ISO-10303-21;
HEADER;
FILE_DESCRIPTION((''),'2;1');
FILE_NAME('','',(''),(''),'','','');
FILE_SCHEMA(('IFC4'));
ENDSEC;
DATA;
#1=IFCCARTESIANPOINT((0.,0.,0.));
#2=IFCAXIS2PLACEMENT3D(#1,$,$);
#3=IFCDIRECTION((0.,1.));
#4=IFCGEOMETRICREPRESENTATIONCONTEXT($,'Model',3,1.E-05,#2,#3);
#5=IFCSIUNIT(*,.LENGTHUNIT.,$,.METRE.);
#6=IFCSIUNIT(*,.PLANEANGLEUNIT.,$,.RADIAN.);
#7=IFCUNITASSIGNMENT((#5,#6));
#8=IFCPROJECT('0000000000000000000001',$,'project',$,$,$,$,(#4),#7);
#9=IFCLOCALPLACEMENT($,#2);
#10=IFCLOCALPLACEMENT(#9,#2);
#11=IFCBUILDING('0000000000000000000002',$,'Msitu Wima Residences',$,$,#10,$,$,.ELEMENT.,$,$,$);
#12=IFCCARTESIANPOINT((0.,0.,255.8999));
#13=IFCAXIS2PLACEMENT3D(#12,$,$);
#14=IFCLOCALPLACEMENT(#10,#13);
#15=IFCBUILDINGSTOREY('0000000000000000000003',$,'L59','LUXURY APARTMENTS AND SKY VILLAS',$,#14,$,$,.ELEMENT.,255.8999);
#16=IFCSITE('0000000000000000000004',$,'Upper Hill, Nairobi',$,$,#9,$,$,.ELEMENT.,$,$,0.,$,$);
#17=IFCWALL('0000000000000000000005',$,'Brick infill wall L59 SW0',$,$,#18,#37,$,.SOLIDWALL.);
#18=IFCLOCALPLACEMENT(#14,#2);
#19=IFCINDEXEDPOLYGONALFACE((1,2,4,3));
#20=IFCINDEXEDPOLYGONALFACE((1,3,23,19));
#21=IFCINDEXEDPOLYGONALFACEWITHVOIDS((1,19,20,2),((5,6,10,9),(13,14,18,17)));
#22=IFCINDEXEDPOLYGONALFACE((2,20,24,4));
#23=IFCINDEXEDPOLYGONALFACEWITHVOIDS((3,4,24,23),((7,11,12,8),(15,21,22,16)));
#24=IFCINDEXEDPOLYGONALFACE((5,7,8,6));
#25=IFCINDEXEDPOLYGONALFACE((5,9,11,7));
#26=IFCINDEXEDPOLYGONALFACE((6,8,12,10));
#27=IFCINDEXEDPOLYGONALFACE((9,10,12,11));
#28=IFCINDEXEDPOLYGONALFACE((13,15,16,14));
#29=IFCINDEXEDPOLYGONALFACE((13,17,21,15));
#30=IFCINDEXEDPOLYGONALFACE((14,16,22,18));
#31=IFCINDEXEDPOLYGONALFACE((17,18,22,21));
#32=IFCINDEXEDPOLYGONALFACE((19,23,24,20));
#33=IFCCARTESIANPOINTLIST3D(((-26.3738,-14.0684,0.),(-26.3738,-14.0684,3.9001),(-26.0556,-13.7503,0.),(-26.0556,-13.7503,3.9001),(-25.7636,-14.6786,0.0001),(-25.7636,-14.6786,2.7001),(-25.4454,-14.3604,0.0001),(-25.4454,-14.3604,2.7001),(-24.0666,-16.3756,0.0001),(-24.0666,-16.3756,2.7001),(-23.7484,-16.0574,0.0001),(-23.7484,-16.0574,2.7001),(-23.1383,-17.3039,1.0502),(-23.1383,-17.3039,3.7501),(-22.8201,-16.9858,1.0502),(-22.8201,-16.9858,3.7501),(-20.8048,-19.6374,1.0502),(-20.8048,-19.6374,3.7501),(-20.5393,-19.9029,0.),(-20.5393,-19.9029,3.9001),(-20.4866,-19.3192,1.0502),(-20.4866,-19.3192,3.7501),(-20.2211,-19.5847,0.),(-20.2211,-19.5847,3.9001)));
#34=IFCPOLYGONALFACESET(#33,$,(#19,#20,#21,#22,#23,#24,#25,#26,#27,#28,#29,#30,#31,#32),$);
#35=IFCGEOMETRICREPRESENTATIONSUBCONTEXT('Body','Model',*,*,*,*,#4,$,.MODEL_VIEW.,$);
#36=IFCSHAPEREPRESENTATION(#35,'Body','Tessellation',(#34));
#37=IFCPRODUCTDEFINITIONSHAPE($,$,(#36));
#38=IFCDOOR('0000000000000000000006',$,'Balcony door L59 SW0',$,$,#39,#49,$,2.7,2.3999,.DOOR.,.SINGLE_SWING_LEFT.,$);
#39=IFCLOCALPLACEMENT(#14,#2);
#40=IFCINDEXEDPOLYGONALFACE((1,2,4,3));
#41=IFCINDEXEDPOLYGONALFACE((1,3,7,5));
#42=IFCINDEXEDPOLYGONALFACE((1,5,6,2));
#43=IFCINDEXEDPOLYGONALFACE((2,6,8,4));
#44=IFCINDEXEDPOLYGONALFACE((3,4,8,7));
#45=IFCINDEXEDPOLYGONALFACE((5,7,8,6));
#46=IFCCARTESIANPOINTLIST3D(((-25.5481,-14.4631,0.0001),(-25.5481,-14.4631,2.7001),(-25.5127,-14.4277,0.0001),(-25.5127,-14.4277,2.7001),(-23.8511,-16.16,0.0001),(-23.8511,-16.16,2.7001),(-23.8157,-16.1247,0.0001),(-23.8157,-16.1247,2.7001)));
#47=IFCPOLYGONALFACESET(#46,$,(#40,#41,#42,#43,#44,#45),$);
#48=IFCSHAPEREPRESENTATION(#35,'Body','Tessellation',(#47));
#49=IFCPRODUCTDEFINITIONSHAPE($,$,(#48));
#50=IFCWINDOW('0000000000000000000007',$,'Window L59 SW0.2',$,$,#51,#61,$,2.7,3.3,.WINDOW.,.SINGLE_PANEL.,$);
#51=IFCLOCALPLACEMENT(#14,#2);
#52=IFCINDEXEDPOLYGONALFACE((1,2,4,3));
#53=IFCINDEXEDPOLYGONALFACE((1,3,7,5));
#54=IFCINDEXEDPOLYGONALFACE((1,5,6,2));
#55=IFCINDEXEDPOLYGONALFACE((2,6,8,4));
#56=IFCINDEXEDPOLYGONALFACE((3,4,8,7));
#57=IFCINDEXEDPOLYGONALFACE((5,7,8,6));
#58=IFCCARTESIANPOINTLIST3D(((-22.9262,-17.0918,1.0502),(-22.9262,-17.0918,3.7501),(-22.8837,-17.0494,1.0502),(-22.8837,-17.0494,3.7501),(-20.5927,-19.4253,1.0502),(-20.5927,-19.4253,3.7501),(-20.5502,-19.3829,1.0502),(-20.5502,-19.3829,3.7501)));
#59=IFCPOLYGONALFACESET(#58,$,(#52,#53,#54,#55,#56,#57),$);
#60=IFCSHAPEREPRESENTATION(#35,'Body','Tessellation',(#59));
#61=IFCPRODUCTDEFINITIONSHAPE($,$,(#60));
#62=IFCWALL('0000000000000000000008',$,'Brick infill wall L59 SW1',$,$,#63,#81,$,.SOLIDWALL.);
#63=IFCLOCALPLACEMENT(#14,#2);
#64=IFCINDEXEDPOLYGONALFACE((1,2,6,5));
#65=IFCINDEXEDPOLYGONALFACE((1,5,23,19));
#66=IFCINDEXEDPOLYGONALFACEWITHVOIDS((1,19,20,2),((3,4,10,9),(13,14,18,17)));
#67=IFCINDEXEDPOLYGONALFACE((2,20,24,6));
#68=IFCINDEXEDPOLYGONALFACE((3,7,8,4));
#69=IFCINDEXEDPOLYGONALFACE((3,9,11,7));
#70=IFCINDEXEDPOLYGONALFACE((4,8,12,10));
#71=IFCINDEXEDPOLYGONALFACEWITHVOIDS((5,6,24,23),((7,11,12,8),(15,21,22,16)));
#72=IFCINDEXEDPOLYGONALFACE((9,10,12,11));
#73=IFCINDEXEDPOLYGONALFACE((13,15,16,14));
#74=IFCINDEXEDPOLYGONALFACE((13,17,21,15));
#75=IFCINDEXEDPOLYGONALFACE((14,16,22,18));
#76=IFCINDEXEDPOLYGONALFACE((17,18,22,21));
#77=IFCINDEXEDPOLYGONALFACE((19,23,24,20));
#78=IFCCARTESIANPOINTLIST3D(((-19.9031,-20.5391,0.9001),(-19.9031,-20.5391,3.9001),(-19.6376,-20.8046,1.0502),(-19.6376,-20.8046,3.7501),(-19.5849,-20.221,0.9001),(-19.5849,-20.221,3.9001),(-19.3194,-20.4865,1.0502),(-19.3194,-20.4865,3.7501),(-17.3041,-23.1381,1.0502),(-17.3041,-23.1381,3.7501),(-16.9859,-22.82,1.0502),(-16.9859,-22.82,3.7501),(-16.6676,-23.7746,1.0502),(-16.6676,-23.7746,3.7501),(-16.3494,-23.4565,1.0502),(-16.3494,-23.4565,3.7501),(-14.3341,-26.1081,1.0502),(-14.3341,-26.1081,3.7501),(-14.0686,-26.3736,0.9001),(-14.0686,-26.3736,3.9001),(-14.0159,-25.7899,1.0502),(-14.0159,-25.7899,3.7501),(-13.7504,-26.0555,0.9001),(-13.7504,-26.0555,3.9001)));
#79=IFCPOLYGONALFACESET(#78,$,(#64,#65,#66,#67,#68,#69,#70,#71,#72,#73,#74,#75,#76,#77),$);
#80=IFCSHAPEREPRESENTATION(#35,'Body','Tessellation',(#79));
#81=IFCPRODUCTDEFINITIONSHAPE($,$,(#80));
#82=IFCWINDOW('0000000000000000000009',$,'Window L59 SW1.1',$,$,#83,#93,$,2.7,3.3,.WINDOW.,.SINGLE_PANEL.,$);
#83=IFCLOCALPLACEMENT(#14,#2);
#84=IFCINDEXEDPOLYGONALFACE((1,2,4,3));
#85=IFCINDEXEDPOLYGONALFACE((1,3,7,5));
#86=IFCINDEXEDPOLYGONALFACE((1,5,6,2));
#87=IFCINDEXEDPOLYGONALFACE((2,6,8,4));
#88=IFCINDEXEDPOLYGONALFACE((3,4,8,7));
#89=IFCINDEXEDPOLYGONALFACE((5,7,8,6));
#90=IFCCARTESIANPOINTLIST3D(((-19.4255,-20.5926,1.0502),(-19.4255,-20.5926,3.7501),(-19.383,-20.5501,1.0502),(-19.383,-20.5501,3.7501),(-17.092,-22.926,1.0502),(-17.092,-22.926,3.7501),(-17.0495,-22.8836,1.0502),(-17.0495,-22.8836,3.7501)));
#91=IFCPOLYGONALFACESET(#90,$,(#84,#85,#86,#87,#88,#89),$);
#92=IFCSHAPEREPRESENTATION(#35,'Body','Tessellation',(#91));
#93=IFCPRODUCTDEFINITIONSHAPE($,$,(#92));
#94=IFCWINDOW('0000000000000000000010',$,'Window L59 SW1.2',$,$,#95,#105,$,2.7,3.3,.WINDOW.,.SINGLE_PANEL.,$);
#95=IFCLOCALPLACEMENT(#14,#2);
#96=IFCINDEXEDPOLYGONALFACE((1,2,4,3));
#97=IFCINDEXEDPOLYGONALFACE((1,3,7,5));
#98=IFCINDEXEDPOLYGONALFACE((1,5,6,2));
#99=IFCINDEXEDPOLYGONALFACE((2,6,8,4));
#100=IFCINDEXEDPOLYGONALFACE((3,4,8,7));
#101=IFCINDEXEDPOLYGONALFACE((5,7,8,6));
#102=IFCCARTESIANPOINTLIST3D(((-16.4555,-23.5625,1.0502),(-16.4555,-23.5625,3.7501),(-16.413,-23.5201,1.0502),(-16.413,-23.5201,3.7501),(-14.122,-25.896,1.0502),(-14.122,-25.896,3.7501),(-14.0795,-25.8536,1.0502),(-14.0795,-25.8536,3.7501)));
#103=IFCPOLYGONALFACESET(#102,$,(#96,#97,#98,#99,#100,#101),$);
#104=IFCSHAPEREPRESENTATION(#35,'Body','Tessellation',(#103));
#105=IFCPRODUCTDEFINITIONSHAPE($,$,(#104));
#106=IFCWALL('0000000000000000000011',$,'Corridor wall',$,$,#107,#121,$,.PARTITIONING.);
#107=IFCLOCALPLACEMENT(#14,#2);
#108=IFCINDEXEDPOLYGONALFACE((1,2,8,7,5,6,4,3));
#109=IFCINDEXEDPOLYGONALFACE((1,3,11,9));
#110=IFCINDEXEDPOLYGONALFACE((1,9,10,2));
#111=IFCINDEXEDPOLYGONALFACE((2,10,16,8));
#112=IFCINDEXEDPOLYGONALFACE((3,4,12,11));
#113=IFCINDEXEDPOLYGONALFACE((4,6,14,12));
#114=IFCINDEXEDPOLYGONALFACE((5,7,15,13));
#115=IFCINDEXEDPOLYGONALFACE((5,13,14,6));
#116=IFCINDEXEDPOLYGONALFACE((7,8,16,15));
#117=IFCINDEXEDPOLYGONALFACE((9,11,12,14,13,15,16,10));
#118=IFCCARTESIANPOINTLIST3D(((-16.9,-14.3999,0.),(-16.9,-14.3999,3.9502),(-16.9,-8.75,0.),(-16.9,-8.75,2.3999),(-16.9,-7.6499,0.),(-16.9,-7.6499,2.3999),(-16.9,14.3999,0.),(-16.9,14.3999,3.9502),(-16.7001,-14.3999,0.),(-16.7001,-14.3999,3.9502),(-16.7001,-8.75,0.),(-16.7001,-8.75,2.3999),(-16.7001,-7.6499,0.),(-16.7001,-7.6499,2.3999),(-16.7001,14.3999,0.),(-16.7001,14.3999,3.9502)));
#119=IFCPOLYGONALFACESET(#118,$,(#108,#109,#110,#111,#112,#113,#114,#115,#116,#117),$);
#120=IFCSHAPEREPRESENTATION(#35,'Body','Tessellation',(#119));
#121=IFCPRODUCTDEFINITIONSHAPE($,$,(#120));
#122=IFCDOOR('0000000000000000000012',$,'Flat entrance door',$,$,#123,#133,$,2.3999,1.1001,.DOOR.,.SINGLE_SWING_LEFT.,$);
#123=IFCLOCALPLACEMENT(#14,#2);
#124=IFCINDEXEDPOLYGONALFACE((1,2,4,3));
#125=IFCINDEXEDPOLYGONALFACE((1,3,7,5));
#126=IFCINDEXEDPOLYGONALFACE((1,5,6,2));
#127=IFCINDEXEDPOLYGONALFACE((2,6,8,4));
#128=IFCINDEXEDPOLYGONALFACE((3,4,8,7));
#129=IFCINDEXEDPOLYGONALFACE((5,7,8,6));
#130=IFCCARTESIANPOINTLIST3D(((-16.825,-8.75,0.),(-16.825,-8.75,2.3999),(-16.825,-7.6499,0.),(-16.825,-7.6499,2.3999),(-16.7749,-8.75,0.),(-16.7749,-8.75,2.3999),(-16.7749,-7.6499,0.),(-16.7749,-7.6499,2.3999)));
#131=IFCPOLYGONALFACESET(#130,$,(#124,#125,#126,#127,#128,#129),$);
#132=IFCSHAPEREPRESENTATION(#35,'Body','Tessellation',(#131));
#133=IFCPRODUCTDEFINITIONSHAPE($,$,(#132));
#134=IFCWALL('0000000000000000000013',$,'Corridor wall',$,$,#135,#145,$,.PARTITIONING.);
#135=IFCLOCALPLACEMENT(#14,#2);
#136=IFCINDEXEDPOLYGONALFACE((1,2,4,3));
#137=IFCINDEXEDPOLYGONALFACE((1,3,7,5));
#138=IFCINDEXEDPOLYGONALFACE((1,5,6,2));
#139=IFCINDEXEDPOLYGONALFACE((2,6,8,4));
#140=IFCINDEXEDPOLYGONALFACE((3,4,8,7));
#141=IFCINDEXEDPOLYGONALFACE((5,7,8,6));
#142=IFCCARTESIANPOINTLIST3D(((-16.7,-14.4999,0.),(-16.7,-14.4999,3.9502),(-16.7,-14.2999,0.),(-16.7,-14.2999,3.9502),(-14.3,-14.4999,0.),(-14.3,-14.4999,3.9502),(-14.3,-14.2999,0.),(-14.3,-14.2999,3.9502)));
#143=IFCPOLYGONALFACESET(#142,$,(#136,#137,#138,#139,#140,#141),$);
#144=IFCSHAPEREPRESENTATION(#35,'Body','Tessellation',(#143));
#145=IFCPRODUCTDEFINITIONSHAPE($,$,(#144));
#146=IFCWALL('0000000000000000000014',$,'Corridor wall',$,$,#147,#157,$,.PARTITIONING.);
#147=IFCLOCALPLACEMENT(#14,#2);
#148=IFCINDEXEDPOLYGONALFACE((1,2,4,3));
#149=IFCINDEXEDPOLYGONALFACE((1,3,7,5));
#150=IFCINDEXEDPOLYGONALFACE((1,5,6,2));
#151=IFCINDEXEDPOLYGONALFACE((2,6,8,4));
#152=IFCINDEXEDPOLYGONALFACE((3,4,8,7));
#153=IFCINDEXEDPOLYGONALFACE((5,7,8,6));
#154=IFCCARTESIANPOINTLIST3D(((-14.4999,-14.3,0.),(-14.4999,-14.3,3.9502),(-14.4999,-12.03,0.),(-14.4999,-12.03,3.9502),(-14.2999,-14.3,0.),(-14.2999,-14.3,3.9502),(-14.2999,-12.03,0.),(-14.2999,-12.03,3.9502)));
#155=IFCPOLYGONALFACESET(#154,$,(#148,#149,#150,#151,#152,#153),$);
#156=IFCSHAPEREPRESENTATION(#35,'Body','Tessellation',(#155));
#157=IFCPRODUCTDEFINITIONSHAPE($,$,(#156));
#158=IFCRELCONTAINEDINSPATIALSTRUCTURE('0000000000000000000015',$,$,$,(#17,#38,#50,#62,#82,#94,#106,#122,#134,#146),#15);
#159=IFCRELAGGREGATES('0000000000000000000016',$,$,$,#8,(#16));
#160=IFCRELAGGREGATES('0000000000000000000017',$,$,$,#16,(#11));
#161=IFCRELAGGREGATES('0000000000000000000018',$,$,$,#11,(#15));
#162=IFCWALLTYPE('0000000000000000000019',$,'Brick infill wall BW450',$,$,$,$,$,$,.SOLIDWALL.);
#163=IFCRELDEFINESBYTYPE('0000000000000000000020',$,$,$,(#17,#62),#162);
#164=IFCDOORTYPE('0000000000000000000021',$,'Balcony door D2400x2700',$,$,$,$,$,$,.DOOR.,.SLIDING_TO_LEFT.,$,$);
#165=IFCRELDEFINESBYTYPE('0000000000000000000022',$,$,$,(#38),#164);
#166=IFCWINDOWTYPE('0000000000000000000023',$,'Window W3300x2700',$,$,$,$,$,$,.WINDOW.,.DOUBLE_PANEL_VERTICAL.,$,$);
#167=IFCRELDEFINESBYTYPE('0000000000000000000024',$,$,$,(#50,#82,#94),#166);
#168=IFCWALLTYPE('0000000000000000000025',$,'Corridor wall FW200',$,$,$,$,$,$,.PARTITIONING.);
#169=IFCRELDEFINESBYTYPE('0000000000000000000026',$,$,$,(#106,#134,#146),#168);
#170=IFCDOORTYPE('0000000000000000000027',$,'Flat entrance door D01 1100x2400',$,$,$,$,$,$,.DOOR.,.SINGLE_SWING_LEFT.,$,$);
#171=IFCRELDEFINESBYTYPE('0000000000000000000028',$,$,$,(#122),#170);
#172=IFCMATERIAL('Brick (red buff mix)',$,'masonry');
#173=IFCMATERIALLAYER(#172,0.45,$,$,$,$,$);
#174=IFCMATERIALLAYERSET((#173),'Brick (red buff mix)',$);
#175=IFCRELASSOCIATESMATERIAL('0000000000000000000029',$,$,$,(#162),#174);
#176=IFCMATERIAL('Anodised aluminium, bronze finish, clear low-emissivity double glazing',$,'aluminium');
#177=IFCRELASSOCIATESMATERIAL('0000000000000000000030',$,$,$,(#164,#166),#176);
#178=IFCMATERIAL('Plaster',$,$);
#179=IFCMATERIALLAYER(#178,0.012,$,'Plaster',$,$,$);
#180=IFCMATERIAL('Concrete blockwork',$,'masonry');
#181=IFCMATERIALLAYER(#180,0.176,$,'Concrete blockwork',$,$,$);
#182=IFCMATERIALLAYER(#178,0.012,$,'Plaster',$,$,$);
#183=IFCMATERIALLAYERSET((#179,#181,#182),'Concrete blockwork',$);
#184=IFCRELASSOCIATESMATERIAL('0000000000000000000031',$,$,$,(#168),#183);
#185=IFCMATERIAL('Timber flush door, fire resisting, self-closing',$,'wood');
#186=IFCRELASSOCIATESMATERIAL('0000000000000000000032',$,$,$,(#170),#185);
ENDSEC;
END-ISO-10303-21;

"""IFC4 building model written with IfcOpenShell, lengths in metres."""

from ifc_helpers import new_model, si_unit, direction, frame, frame_2d, origin, place, context, subcontext, project, spatial, rectangle, extrude, material, layer, layer_set, type_object, element, fill, save


model = new_model("IFC4")

# Units and contexts
model_context = context("Model", 3, precision=1e-05, world=origin(), true_north=direction((0.0, 1.0)))
body_context = subcontext(model_context, "Body", "Model", "MODEL_VIEW")
ifc_project = project(units=[si_unit("LENGTHUNIT", "METRE"), si_unit("PLANEANGLEUNIT", "RADIAN")], contexts=[model_context])

# Site, building, storey
site_placement = place(None, origin())
site = spatial("IfcSite", under=ifc_project, at=site_placement, Name="Upper Hill, Nairobi", CompositionType="ELEMENT", RefElevation=0.0)
building_placement = place(site_placement, origin())
building = spatial("IfcBuilding", under=site, at=building_placement, Name="Msitu Wima Residences", CompositionType="ELEMENT")
storey_placement = place(building_placement, frame((0.0, 0.0, 255.8999)))
storey = spatial("IfcBuildingStorey", under=building, at=storey_placement, Name="L59", Description="LUXURY APARTMENTS AND SKY VILLAS", CompositionType="ELEMENT", Elevation=255.8999)

# Wall, openings, door, window
ifc_material_1 = material(Name="Brick (red buff mix)", Category="masonry")
ifc_layer_1 = layer(ifc_material_1, 0.45)
ifc_layer_set_1 = layer_set([ifc_layer_1], Name="Brick (red buff mix)")
wall_type_1 = type_object("IfcWallType", Name="Brick infill wall BW450", PredefinedType="SOLIDWALL", material=ifc_layer_set_1)
wall_1_placement = place(storey_placement, frame((-26.2146, -13.9094, 0.0), z_axis=(0.0, 0.0, 1.0), x_axis=(0.707107, -0.707107, 0.0)))
wall_1 = element("IfcWall", 1, at=wall_1_placement, inside=storey, type_object=wall_type_1, Name="Brick infill wall L59 SW0", PredefinedType="SOLIDWALL", context=body_context, shape_type="SweptSolid", body=[
    extrude(rectangle(XDim=8.2512, YDim=0.45, at=frame_2d((4.1255, 0.0))), origin(), (0.0, 0.0, 1.0), 3.9001),
])
opening_1_placement = place(wall_1_placement, frame((0.8628, 0.0, 0.0)))
opening_1 = element("IfcOpeningElement", 2, at=opening_1_placement, cuts=wall_1, PredefinedType="OPENING", context=body_context, shape_type="SweptSolid", body=[
    extrude(rectangle(XDim=2.3999, YDim=2.7, at=frame_2d((1.2, 1.3501))), frame((0.0, 0.2349, 0.0), z_axis=(0.0, -1.0, 0.0), x_axis=(1.0, 0.0, 0.0)), (0.0, 0.0, 1.0), 0.47),
])
opening_2_placement = place(wall_1_placement, frame((4.5757, 0.0, 1.05)))
opening_2 = element("IfcOpeningElement", 3, at=opening_2_placement, cuts=wall_1, PredefinedType="OPENING", context=body_context, shape_type="SweptSolid", body=[
    extrude(rectangle(XDim=3.3, YDim=2.7, at=frame_2d((1.6499, 1.3501))), frame((0.0, 0.2349, 0.0), z_axis=(0.0, -1.0, 0.0), x_axis=(1.0, 0.0, 0.0)), (0.0, 0.0, 1.0), 0.47),
])
ifc_material_2 = material(Name="Anodised aluminium, bronze finish, clear low-emissivity double glazing", Category="aluminium")
door_type_1 = type_object("IfcDoorType", Name="Balcony door D2400x2700", OperationType="SLIDING_TO_LEFT", PredefinedType="DOOR", material=ifc_material_2)
door_1_placement = place(opening_1_placement, origin())
door_1 = element("IfcDoor", 4, at=door_1_placement, inside=storey, type_object=door_type_1, Name="Balcony door L59 SW0", OperationType="SINGLE_SWING_LEFT", OverallHeight=2.7, OverallWidth=2.3999, PredefinedType="DOOR", context=body_context, shape_type="SweptSolid", body=[
    extrude(rectangle(XDim=2.3999, YDim=2.7, at=frame_2d((1.2, 1.3501))), frame((0.0, 0.1299, 0.0), z_axis=(0.0, -1.0, 0.0), x_axis=(1.0, 0.0, 0.0)), (0.0, 0.0, 1.0), 0.05),
])
fill(opening_1, door_1)
window_type = type_object("IfcWindowType", Name="Window W3300x2700", PartitioningType="DOUBLE_PANEL_VERTICAL", PredefinedType="WINDOW", material=ifc_material_2)
window_1_placement = place(opening_2_placement, origin())
window_1 = element("IfcWindow", 5, at=window_1_placement, inside=storey, type_object=window_type, Name="Window L59 SW0.2", OverallHeight=2.7, OverallWidth=3.3, PartitioningType="SINGLE_PANEL", PredefinedType="WINDOW", context=body_context, shape_type="SweptSolid", body=[
    extrude(rectangle(XDim=3.3, YDim=2.7, at=frame_2d((1.6499, 1.3501))), frame((0.0, 0.135, 0.0), z_axis=(0.0, -1.0, 0.0), x_axis=(1.0, 0.0, 0.0)), (0.0, 0.0, 1.0), 0.0601),
])
fill(opening_2, window_1)

# Wall, openings, windows
wall_2_placement = place(storey_placement, frame((-19.7439, -20.3801, 0.9001), z_axis=(0.0, 0.0, 1.0), x_axis=(0.707107, -0.707107, 0.0)))
wall_2 = element("IfcWall", 6, at=wall_2_placement, inside=storey, type_object=wall_type_1, Name="Brick infill wall L59 SW1", PredefinedType="SOLIDWALL", context=body_context, shape_type="SweptSolid", body=[
    extrude(rectangle(XDim=8.2512, YDim=0.45, at=frame_2d((4.1255, 0.0))), origin(), (0.0, 0.0, 1.0), 3.0),
])
opening_3_placement = place(wall_2_placement, frame((0.3755, 0.0, 0.1499)))
opening_3 = element("IfcOpeningElement", 7, at=opening_3_placement, cuts=wall_2, PredefinedType="OPENING", context=body_context, shape_type="SweptSolid", body=[
    extrude(rectangle(XDim=3.3, YDim=2.7, at=frame_2d((1.6499, 1.3501))), frame((0.0, 0.2349, 0.0), z_axis=(0.0, -1.0, 0.0), x_axis=(1.0, 0.0, 0.0)), (0.0, 0.0, 1.0), 0.47),
])
opening_4_placement = place(wall_2_placement, frame((4.5757, 0.0, 0.1499)))
opening_4 = element("IfcOpeningElement", 8, at=opening_4_placement, cuts=wall_2, PredefinedType="OPENING", context=body_context, shape_type="SweptSolid", body=[
    extrude(rectangle(XDim=3.3, YDim=2.7, at=frame_2d((1.6499, 1.3501))), frame((0.0, 0.2349, 0.0), z_axis=(0.0, -1.0, 0.0), x_axis=(1.0, 0.0, 0.0)), (0.0, 0.0, 1.0), 0.47),
])
window_2_placement = place(opening_3_placement, origin())
window_2 = element("IfcWindow", 9, at=window_2_placement, inside=storey, type_object=window_type, Name="Window L59 SW1.1", OverallHeight=2.7, OverallWidth=3.3, PartitioningType="SINGLE_PANEL", PredefinedType="WINDOW", context=body_context, shape_type="SweptSolid", body=[
    extrude(rectangle(XDim=3.3, YDim=2.7, at=frame_2d((1.6499, 1.3501))), frame((0.0, 0.135, 0.0), z_axis=(0.0, -1.0, 0.0), x_axis=(1.0, 0.0, 0.0)), (0.0, 0.0, 1.0), 0.0601),
])
fill(opening_3, window_2)
window_3_placement = place(opening_4_placement, origin())
window_3 = element("IfcWindow", 10, at=window_3_placement, inside=storey, type_object=window_type, Name="Window L59 SW1.2", OverallHeight=2.7, OverallWidth=3.3, PartitioningType="SINGLE_PANEL", PredefinedType="WINDOW", context=body_context, shape_type="SweptSolid", body=[
    extrude(rectangle(XDim=3.3, YDim=2.7, at=frame_2d((1.6499, 1.3501))), frame((0.0, 0.135, 0.0), z_axis=(0.0, -1.0, 0.0), x_axis=(1.0, 0.0, 0.0)), (0.0, 0.0, 1.0), 0.0601),
])
fill(opening_4, window_3)

# Wall, opening, door
ifc_material_3 = material(Name="Plaster")
ifc_layer_2 = layer(ifc_material_3, 0.012, Name="Plaster")
ifc_material_4 = material(Name="Concrete blockwork", Category="masonry")
ifc_layer_3 = layer(ifc_material_4, 0.176, Name="Concrete blockwork")
ifc_layer_4 = layer(ifc_material_3, 0.012, Name="Plaster")
ifc_layer_set_2 = layer_set([ifc_layer_2, ifc_layer_3, ifc_layer_4], Name="Concrete blockwork")
wall_type_2 = type_object("IfcWallType", Name="Corridor wall FW200", PredefinedType="PARTITIONING", material=ifc_layer_set_2)
wall_3_placement = place(storey_placement, frame((-16.8, -14.3999, 0.0), z_axis=(0.0, 0.0, 1.0), x_axis=(0.0, 1.0, 0.0)))
wall_3 = element("IfcWall", 11, at=wall_3_placement, inside=storey, type_object=wall_type_2, Name="Corridor wall", PredefinedType="PARTITIONING", context=body_context, shape_type="SweptSolid", body=[
    extrude(rectangle(XDim=28.7998, YDim=0.2, at=frame_2d((14.3999, 0.0))), origin(), (0.0, 0.0, 1.0), 3.9502),
])
opening_5_placement = place(wall_3_placement, frame((5.6499, 0.0, 0.0)))
opening_5 = element("IfcOpeningElement", 12, at=opening_5_placement, cuts=wall_3, PredefinedType="OPENING", context=body_context, shape_type="SweptSolid", body=[
    extrude(rectangle(XDim=1.1001, YDim=2.3999, at=frame_2d((0.55, 1.2))), frame((0.0, 0.1099, 0.0), z_axis=(0.0, -1.0, 0.0), x_axis=(1.0, 0.0, 0.0)), (0.0, 0.0, 1.0), 0.22),
])
ifc_material_5 = material(Name="Timber flush door, fire resisting, self-closing", Category="wood")
door_type_2 = type_object("IfcDoorType", Name="Flat entrance door D01 1100x2400", OperationType="SINGLE_SWING_LEFT", PredefinedType="DOOR", material=ifc_material_5)
door_2_placement = place(opening_5_placement, origin())
door_2 = element("IfcDoor", 13, at=door_2_placement, inside=storey, type_object=door_type_2, Name="Flat entrance door", OperationType="SINGLE_SWING_LEFT", OverallHeight=2.3999, OverallWidth=1.1001, PredefinedType="DOOR", context=body_context, shape_type="SweptSolid", body=[
    extrude(rectangle(XDim=1.1001, YDim=2.3999, at=frame_2d((0.55, 1.2))), frame((0.0, 0.0249, 0.0), z_axis=(0.0, -1.0, 0.0), x_axis=(1.0, 0.0, 0.0)), (0.0, 0.0, 1.0), 0.05),
])
fill(opening_5, door_2)

# Walls
wall_4_placement = place(storey_placement, frame((-16.7, -14.3999, 0.0), z_axis=(0.0, 0.0, 1.0), x_axis=(1.0, 0.0, 0.0)))
element("IfcWall", 14, at=wall_4_placement, inside=storey, type_object=wall_type_2, Name="Corridor wall", PredefinedType="PARTITIONING", context=body_context, shape_type="SweptSolid", body=[
    extrude(rectangle(XDim=2.3999, YDim=0.2, at=frame_2d((1.2, 0.0))), origin(), (0.0, 0.0, 1.0), 3.9502),
])
wall_5_placement = place(storey_placement, frame((-14.3999, -14.3, 0.0), z_axis=(0.0, 0.0, 1.0), x_axis=(0.0, 1.0, 0.0)))
element("IfcWall", 15, at=wall_5_placement, inside=storey, type_object=wall_type_2, Name="Corridor wall", PredefinedType="PARTITIONING", context=body_context, shape_type="SweptSolid", body=[
    extrude(rectangle(XDim=2.27, YDim=0.2, at=frame_2d((1.135, 0.0))), origin(), (0.0, 0.0, 1.0), 3.9502),
])

save(model, "model.ifc")
